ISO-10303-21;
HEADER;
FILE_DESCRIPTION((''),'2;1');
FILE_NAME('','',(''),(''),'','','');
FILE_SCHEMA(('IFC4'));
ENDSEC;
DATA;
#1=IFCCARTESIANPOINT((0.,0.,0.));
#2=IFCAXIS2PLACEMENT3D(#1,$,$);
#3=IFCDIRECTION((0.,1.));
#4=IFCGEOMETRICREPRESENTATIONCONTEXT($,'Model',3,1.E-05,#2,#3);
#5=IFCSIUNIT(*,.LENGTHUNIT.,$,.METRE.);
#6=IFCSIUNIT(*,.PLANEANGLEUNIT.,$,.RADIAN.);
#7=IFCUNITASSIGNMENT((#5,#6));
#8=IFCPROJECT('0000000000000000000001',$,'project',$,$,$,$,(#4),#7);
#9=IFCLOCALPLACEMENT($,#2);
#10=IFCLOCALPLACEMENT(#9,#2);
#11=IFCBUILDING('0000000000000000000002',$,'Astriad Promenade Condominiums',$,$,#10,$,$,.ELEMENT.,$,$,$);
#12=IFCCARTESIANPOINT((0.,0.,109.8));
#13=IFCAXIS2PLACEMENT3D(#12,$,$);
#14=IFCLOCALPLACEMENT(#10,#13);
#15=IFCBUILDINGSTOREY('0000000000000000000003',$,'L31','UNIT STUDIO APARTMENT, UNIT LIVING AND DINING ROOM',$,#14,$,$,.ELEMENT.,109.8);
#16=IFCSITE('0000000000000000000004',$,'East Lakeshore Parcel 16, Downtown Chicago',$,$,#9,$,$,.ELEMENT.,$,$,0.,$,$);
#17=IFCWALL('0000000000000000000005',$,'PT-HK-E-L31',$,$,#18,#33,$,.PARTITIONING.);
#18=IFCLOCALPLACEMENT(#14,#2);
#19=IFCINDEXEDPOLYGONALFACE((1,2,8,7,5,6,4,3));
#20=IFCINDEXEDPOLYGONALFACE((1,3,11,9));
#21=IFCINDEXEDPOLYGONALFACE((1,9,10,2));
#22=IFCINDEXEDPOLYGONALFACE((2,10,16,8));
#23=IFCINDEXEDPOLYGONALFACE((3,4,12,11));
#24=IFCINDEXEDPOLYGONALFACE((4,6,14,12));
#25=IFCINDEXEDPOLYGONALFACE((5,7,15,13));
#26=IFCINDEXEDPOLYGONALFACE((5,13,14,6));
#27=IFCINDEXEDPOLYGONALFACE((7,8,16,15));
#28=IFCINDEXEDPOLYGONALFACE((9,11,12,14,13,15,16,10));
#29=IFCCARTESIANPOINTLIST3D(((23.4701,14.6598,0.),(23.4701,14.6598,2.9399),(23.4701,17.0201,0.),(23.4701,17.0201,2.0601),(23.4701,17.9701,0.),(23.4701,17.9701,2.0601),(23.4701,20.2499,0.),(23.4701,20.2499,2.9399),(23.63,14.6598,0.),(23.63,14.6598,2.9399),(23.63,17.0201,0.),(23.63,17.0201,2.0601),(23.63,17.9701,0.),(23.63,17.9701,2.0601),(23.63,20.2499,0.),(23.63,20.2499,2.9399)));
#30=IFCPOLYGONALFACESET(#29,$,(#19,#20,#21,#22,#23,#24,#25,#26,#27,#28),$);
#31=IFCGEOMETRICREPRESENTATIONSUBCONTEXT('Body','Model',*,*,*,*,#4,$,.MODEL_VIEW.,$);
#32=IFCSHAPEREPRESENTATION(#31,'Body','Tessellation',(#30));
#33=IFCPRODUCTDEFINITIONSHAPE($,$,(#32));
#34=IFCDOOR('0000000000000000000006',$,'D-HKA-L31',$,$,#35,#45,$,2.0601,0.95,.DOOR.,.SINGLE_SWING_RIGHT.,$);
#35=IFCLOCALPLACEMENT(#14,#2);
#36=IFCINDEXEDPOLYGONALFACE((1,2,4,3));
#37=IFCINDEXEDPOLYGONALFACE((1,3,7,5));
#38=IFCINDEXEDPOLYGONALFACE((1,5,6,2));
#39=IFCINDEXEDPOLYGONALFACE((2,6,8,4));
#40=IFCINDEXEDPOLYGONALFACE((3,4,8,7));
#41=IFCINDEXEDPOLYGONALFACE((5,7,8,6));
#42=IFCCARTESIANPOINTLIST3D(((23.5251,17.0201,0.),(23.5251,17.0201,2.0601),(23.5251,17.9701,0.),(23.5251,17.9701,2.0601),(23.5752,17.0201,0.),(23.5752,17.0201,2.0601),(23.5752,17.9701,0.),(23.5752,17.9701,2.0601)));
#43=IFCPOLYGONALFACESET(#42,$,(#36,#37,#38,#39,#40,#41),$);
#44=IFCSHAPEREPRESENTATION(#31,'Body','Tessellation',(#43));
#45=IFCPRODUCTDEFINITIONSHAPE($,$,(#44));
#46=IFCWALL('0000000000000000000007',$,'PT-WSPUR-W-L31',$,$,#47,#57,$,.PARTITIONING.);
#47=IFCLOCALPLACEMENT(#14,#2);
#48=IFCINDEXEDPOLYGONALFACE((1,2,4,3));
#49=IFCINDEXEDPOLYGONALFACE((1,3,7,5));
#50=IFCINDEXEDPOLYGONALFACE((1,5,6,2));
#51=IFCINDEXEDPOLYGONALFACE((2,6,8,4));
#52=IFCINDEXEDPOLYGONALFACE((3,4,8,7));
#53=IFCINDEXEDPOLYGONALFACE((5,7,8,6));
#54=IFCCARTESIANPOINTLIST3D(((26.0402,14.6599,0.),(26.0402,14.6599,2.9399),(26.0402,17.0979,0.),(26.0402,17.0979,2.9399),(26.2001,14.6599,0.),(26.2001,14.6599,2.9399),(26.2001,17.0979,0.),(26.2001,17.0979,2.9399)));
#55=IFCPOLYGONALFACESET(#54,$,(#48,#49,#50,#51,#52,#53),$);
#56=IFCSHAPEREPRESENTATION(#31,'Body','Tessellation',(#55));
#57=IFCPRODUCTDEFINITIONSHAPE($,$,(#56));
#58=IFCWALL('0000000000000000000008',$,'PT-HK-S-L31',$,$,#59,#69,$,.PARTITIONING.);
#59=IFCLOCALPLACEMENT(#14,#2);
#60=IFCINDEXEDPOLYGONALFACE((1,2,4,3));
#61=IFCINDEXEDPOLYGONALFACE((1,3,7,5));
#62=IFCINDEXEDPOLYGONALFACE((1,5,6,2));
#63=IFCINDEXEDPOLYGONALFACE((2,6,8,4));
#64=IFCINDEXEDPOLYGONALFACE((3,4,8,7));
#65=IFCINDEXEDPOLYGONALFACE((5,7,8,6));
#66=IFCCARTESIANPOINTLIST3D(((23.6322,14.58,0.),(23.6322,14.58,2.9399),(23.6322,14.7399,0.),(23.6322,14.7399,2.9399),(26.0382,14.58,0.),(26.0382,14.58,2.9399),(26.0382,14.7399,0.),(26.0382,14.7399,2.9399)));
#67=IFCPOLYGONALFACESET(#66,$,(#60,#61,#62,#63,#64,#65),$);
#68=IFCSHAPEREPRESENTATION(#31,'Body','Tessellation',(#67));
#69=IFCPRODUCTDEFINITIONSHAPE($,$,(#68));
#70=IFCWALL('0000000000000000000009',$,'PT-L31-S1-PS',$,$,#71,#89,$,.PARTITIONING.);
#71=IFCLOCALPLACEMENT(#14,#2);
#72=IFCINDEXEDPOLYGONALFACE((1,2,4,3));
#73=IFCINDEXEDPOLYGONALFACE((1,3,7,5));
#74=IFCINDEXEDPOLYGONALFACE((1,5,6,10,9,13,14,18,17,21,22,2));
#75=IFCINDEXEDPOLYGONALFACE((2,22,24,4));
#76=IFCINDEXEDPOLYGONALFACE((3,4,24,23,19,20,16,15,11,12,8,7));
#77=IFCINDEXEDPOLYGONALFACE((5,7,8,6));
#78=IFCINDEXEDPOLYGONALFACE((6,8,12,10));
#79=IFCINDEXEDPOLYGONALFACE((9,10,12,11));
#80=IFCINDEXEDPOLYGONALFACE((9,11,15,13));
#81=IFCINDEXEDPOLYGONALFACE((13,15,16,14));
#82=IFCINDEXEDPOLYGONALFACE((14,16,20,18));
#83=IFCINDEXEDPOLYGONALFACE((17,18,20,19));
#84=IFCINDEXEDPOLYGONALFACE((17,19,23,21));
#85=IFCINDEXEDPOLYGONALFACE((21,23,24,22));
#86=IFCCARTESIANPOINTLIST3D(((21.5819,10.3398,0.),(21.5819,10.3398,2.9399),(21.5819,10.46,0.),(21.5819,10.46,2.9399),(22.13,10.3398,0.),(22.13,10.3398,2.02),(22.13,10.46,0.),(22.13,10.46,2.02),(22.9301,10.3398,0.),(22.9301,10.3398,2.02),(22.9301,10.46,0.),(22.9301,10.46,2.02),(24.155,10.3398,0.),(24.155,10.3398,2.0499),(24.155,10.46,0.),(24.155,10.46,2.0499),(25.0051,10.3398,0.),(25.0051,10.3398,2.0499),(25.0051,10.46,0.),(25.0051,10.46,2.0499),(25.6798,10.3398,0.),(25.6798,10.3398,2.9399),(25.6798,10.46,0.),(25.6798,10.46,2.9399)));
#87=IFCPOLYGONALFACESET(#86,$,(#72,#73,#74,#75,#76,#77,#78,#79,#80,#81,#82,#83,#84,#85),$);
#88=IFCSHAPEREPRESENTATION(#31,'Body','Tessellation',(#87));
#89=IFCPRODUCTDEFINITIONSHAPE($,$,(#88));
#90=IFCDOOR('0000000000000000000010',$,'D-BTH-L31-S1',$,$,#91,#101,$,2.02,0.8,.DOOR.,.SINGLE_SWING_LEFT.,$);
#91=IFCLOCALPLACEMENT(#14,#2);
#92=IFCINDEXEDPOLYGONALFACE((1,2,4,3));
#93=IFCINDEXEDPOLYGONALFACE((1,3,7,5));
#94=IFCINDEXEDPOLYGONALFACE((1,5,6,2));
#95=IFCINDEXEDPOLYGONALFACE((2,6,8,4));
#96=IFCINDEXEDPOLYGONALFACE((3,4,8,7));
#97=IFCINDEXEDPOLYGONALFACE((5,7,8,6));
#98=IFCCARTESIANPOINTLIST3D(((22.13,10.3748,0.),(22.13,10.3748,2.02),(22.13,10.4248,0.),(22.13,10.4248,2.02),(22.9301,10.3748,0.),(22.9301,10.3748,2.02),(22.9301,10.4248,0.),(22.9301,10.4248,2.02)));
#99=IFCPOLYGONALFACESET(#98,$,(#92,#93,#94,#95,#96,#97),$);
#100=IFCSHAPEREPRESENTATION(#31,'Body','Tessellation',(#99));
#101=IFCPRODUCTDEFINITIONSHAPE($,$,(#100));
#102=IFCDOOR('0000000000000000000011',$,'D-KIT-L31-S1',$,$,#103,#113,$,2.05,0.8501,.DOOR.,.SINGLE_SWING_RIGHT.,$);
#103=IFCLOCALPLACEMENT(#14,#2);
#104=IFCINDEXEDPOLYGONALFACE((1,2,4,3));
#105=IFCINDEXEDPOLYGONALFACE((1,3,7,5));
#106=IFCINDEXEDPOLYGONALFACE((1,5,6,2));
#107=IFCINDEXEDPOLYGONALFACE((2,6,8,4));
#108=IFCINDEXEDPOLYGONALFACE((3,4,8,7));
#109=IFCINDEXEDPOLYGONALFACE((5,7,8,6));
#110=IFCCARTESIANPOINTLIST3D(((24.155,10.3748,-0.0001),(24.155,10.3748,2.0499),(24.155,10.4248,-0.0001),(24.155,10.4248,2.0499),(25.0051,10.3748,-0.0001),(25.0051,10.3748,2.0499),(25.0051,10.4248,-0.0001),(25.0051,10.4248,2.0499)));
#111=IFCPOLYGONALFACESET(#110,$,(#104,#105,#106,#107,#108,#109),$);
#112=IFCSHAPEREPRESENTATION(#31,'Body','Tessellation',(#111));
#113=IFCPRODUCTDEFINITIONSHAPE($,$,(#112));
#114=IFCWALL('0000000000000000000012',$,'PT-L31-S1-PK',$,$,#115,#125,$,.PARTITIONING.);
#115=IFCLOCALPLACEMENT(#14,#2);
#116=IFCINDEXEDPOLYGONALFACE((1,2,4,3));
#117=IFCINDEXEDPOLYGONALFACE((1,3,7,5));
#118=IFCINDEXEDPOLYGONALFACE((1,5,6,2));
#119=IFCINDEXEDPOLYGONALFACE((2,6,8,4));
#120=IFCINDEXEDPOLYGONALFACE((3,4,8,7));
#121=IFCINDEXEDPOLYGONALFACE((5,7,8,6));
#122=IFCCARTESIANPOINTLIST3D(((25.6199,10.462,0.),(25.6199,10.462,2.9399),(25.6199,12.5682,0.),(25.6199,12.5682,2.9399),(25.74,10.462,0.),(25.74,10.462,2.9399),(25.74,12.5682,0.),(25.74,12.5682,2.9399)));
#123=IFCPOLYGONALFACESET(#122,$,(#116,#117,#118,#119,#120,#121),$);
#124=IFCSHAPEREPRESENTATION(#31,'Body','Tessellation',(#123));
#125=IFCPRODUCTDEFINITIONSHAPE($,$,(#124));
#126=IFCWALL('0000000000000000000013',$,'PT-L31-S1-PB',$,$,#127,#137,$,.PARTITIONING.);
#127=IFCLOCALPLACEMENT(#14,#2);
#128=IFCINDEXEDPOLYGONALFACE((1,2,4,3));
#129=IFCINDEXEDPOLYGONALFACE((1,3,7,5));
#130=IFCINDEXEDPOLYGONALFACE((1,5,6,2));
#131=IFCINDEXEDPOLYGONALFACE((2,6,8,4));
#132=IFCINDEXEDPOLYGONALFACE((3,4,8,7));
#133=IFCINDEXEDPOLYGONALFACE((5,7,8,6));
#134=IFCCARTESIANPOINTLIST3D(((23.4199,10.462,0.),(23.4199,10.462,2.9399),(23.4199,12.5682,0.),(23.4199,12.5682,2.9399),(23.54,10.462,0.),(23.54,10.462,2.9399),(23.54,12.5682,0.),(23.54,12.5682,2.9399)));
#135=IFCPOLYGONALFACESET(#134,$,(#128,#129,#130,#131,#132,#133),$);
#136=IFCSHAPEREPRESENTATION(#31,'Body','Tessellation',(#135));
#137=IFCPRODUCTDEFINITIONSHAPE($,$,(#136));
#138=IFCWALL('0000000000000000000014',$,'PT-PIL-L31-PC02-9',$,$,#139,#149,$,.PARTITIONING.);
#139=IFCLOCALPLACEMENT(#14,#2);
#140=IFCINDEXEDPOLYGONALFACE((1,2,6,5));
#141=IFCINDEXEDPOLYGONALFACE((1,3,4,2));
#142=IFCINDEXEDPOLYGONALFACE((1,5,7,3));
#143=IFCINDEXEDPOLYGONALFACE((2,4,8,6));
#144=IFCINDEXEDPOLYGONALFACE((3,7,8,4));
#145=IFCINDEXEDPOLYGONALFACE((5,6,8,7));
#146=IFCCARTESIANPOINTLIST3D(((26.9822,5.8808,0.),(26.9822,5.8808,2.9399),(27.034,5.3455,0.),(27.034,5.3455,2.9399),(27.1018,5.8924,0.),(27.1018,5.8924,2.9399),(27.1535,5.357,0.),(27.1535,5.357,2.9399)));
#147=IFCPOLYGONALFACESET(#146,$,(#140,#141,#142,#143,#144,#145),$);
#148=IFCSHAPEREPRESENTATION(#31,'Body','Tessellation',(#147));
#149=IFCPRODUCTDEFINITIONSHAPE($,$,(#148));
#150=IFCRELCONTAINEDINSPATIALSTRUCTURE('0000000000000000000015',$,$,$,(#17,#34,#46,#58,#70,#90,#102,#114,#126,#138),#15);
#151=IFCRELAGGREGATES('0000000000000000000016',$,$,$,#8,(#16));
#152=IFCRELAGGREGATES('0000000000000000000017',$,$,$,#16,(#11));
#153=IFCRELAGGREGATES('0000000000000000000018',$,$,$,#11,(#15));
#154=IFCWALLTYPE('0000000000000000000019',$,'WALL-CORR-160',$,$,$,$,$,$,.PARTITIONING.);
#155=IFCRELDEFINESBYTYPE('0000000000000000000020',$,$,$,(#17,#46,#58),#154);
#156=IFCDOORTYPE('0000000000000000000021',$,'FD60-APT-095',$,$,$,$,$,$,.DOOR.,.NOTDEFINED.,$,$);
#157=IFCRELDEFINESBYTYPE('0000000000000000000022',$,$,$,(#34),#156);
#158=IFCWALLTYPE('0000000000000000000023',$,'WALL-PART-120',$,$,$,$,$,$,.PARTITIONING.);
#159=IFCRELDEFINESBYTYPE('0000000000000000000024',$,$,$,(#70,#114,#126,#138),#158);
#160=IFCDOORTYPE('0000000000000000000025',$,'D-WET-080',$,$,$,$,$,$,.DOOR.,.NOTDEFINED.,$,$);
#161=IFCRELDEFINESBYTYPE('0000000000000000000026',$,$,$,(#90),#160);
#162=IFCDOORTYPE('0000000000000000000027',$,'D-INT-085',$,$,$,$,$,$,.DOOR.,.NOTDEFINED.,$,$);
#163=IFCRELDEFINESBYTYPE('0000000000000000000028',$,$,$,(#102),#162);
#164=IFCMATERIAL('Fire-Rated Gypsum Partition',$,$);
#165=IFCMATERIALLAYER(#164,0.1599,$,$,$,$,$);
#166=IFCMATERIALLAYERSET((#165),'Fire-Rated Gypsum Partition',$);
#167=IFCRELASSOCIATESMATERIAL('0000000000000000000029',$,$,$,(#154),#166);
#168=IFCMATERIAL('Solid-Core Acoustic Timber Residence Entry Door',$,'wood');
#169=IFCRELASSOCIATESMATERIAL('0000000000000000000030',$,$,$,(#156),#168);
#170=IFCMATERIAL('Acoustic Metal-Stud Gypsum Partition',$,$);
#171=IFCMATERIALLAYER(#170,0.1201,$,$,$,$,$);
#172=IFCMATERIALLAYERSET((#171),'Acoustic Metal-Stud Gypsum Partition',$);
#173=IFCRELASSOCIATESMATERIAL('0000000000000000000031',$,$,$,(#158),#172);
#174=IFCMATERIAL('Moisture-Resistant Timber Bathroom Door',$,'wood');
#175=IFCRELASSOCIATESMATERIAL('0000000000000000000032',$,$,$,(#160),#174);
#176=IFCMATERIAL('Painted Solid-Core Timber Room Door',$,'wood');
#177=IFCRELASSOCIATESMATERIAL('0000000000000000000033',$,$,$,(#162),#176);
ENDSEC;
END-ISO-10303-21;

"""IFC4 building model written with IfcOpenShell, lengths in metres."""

from ifc_helpers import new_model, si_unit, direction, frame, frame_2d, origin, place, context, subcontext, project, spatial, rectangle, extrude, source, transform, mapped, material, layer, layer_set, type_object, type_shapes, element, fill, save


model = new_model("IFC4")

# Units and contexts
model_context = context("Model", 3, precision=1e-05, world=origin(), true_north=direction((0.0, 1.0)))
body_context = subcontext(model_context, "Body", "Model", "MODEL_VIEW")
ifc_project = project(units=[si_unit("LENGTHUNIT", "METRE"), si_unit("PLANEANGLEUNIT", "RADIAN")], contexts=[model_context])

# Site, building, storey
site_placement = place(None, origin())
site = spatial("IfcSite", under=ifc_project, at=site_placement, Name="East Lakeshore Parcel 16, Downtown Chicago", CompositionType="ELEMENT", RefElevation=0.0)
building_placement = place(site_placement, origin())
building = spatial("IfcBuilding", under=site, at=building_placement, Name="Astriad Promenade Condominiums", CompositionType="ELEMENT")
storey_placement = place(building_placement, frame((0.0, 0.0, 109.8)))
storey = spatial("IfcBuildingStorey", under=building, at=storey_placement, Name="L31", Description="UNIT STUDIO APARTMENT, UNIT LIVING AND DINING ROOM", CompositionType="ELEMENT", Elevation=109.8)

# Shared definitions
ifc_material_1 = material(Name="Fire-Rated Gypsum Partition")
ifc_layer_1 = layer(ifc_material_1, 0.1599)
ifc_layer_set_1 = layer_set([ifc_layer_1], Name="Fire-Rated Gypsum Partition")
wall_type_1 = type_object("IfcWallType", Name="WALL-CORR-160", PredefinedType="PARTITIONING", material=ifc_layer_set_1)

# Wall, opening, door
wall_1_placement = place(storey_placement, frame((23.55, 14.6599, 0.0), z_axis=(0.0, 0.0, 1.0), x_axis=(0.0, 1.0, 0.0)))
wall_1 = element("IfcWall", 1, at=wall_1_placement, inside=storey, type_object=wall_type_1, Name="PT-HK-E-L31", PredefinedType="PARTITIONING", context=body_context, shape_type="SweptSolid", body=[
    extrude(rectangle(XDim=5.5901, YDim=0.1599, at=frame_2d((2.7949, 0.0))), origin(), (0.0, 0.0, 1.0), 2.9399),
])
opening_1_placement = place(wall_1_placement, frame((2.3601, 0.0, 0.0)))
opening_1 = element("IfcOpeningElement", 2, at=opening_1_placement, cuts=wall_1, PredefinedType="OPENING", context=body_context, shape_type="SweptSolid", body=[
    extrude(rectangle(XDim=0.95, YDim=2.0601, at=frame_2d((0.4751, 1.03))), frame((0.0, 0.0898, 0.0), z_axis=(0.0, -1.0, 0.0), x_axis=(1.0, 0.0, 0.0)), (0.0, 0.0, 1.0), 0.1799),
])
ifc_material_2 = material(Name="Solid-Core Acoustic Timber Residence Entry Door", Category="wood")
door_type_1 = type_object("IfcDoorType", Name="FD60-APT-095", OperationType="NOTDEFINED", PredefinedType="DOOR", material=ifc_material_2)
shared_shape_1 = source(origin(), body_context, "Body", "SweptSolid", [
    extrude(rectangle(XDim=0.95, YDim=2.0601, at=frame_2d((0.4751, 1.03))), frame((0.0, 0.0249, 0.0), z_axis=(0.0, -1.0, 0.0), x_axis=(1.0, 0.0, 0.0)), (0.0, 0.0, 1.0), 0.05),
])
type_shapes(door_type_1, [shared_shape_1])
door_1_placement = place(opening_1_placement, origin())
door_1 = element("IfcDoor", 3, at=door_1_placement, inside=storey, type_object=door_type_1, Name="D-HKA-L31", OperationType="SINGLE_SWING_RIGHT", OverallHeight=2.0601, OverallWidth=0.95, PredefinedType="DOOR", context=body_context, shape_type="MappedRepresentation", body=[
    mapped(shared_shape_1, transform((0.0, 0.0, 0.0), scale=1.0)),
])
fill(opening_1, door_1)

# Walls
wall_2_placement = place(storey_placement, frame((26.1201, 14.6599, 0.0), z_axis=(0.0, 0.0, 1.0), x_axis=(0.0, 1.0, 0.0)))
element("IfcWall", 4, at=wall_2_placement, inside=storey, type_object=wall_type_1, Name="PT-WSPUR-W-L31", PredefinedType="PARTITIONING", context=body_context, shape_type="SweptSolid", body=[
    extrude(rectangle(XDim=2.438, YDim=0.1599, at=frame_2d((1.219, 0.0))), origin(), (0.0, 0.0, 1.0), 2.9399),
])
wall_3_placement = place(storey_placement, frame((23.6321, 14.6599, 0.0), z_axis=(0.0, 0.0, 1.0), x_axis=(1.0, 0.0, 0.0)))
element("IfcWall", 5, at=wall_3_placement, inside=storey, type_object=wall_type_1, Name="PT-HK-S-L31", PredefinedType="PARTITIONING", context=body_context, shape_type="SweptSolid", body=[
    extrude(rectangle(XDim=2.406, YDim=0.1599, at=frame_2d((1.2031, 0.0))), origin(), (0.0, 0.0, 1.0), 2.9399),
])

# Wall, openings, doors
ifc_material_3 = material(Name="Acoustic Metal-Stud Gypsum Partition")
ifc_layer_2 = layer(ifc_material_3, 0.1201)
ifc_layer_set_2 = layer_set([ifc_layer_2], Name="Acoustic Metal-Stud Gypsum Partition")
wall_type_2 = type_object("IfcWallType", Name="WALL-PART-120", PredefinedType="PARTITIONING", material=ifc_layer_set_2)
wall_4_placement = place(storey_placement, frame((21.582, 10.3999, 0.0), z_axis=(0.0, 0.0, 1.0), x_axis=(1.0, 0.0, 0.0)))
wall_4 = element("IfcWall", 6, at=wall_4_placement, inside=storey, type_object=wall_type_2, Name="PT-L31-S1-PS", PredefinedType="PARTITIONING", context=body_context, shape_type="SweptSolid", body=[
    extrude(rectangle(XDim=4.0979, YDim=0.1201, at=frame_2d((2.0488, 0.0))), origin(), (0.0, 0.0, 1.0), 2.9399),
])
opening_2_placement = place(wall_4_placement, frame((0.5481, 0.0, 0.0)))
opening_2 = element("IfcOpeningElement", 7, at=opening_2_placement, cuts=wall_4, PredefinedType="OPENING", context=body_context, shape_type="SweptSolid", body=[
    extrude(rectangle(XDim=0.8, YDim=2.02, at=frame_2d((0.3999, 1.01))), frame((0.0, 0.0701, 0.0), z_axis=(0.0, -1.0, 0.0), x_axis=(1.0, 0.0, 0.0)), (0.0, 0.0, 1.0), 0.1401),
])
opening_3_placement = place(wall_4_placement, frame((2.573, 0.0, 0.0)))
opening_3 = element("IfcOpeningElement", 8, at=opening_3_placement, cuts=wall_4, PredefinedType="OPENING", context=body_context, shape_type="SweptSolid", body=[
    extrude(rectangle(XDim=0.8501, YDim=2.05, at=frame_2d((0.425, 1.0249))), frame((0.0, 0.0701, 0.0), z_axis=(0.0, -1.0, 0.0), x_axis=(1.0, 0.0, 0.0)), (0.0, 0.0, 1.0), 0.1401),
])
ifc_material_4 = material(Name="Moisture-Resistant Timber Bathroom Door", Category="wood")
door_type_2 = type_object("IfcDoorType", Name="D-WET-080", OperationType="NOTDEFINED", PredefinedType="DOOR", material=ifc_material_4)
shared_shape_2 = source(origin(), body_context, "Body", "SweptSolid", [
    extrude(rectangle(XDim=0.8, YDim=2.02, at=frame_2d((0.3999, 1.01))), frame((0.0, 0.0249, 0.0), z_axis=(0.0, -1.0, 0.0), x_axis=(1.0, 0.0, 0.0)), (0.0, 0.0, 1.0), 0.05),
])
type_shapes(door_type_2, [shared_shape_2])
door_2_placement = place(opening_2_placement, origin())
door_2 = element("IfcDoor", 9, at=door_2_placement, inside=storey, type_object=door_type_2, Name="D-BTH-L31-S1", OperationType="SINGLE_SWING_LEFT", OverallHeight=2.02, OverallWidth=0.8, PredefinedType="DOOR", context=body_context, shape_type="MappedRepresentation", body=[
    mapped(shared_shape_2, transform((0.0, 0.0, 0.0), scale=1.0)),
])
fill(opening_2, door_2)
ifc_material_5 = material(Name="Painted Solid-Core Timber Room Door", Category="wood")
door_type_3 = type_object("IfcDoorType", Name="D-INT-085", OperationType="NOTDEFINED", PredefinedType="DOOR", material=ifc_material_5)
shared_shape_3 = source(origin(), body_context, "Body", "SweptSolid", [
    extrude(rectangle(XDim=0.8501, YDim=2.05, at=frame_2d((0.425, 1.0249))), frame((0.0, 0.0249, 0.0), z_axis=(0.0, -1.0, 0.0), x_axis=(1.0, 0.0, 0.0)), (0.0, 0.0, 1.0), 0.05),
])
type_shapes(door_type_3, [shared_shape_3])
door_3_placement = place(opening_3_placement, origin())
door_3 = element("IfcDoor", 10, at=door_3_placement, inside=storey, type_object=door_type_3, Name="D-KIT-L31-S1", OperationType="SINGLE_SWING_RIGHT", OverallHeight=2.05, OverallWidth=0.8501, PredefinedType="DOOR", context=body_context, shape_type="MappedRepresentation", body=[
    mapped(shared_shape_3, transform((0.0, 0.0, 0.0), scale=1.0)),
])
fill(opening_3, door_3)

# Walls
for number, where, z_axis, x_axis, name in (
    (11, (25.6799, 10.4619, 0.0), (0.0, 0.0, 1.0), (0.0, 1.0, 0.0), "PT-L31-S1-PK"),
    (12, (23.48, 10.4619, 0.0), (0.0, 0.0, 1.0), (0.0, 1.0, 0.0), "PT-L31-S1-PB"),
):
    element("IfcWall", number, at=place(storey_placement, frame(where, z_axis=z_axis, x_axis=x_axis)), inside=storey, type_object=wall_type_2, Name=name, PredefinedType="PARTITIONING", context=body_context, shape_type="SweptSolid", body=[
        extrude(rectangle(XDim=2.1062, YDim=0.1201, at=frame_2d((1.0532, 0.0))), origin(), (0.0, 0.0, 1.0), 2.9399),
    ])
wall_5_placement = place(storey_placement, frame((27.042, 5.8867, 0.0), z_axis=(0.0, 0.0, 1.0), x_axis=(0.096223, -0.99536, 0.0)))
element("IfcWall", 13, at=wall_5_placement, inside=storey, type_object=wall_type_2, Name="PT-PIL-L31-PC02-9", PredefinedType="PARTITIONING", context=body_context, shape_type="SweptSolid", body=[
    extrude(rectangle(XDim=0.5378, YDim=0.1201, at=frame_2d((0.269, 0.0))), origin(), (0.0, 0.0, 1.0), 2.9399),
])

save(model, "model.ifc")
